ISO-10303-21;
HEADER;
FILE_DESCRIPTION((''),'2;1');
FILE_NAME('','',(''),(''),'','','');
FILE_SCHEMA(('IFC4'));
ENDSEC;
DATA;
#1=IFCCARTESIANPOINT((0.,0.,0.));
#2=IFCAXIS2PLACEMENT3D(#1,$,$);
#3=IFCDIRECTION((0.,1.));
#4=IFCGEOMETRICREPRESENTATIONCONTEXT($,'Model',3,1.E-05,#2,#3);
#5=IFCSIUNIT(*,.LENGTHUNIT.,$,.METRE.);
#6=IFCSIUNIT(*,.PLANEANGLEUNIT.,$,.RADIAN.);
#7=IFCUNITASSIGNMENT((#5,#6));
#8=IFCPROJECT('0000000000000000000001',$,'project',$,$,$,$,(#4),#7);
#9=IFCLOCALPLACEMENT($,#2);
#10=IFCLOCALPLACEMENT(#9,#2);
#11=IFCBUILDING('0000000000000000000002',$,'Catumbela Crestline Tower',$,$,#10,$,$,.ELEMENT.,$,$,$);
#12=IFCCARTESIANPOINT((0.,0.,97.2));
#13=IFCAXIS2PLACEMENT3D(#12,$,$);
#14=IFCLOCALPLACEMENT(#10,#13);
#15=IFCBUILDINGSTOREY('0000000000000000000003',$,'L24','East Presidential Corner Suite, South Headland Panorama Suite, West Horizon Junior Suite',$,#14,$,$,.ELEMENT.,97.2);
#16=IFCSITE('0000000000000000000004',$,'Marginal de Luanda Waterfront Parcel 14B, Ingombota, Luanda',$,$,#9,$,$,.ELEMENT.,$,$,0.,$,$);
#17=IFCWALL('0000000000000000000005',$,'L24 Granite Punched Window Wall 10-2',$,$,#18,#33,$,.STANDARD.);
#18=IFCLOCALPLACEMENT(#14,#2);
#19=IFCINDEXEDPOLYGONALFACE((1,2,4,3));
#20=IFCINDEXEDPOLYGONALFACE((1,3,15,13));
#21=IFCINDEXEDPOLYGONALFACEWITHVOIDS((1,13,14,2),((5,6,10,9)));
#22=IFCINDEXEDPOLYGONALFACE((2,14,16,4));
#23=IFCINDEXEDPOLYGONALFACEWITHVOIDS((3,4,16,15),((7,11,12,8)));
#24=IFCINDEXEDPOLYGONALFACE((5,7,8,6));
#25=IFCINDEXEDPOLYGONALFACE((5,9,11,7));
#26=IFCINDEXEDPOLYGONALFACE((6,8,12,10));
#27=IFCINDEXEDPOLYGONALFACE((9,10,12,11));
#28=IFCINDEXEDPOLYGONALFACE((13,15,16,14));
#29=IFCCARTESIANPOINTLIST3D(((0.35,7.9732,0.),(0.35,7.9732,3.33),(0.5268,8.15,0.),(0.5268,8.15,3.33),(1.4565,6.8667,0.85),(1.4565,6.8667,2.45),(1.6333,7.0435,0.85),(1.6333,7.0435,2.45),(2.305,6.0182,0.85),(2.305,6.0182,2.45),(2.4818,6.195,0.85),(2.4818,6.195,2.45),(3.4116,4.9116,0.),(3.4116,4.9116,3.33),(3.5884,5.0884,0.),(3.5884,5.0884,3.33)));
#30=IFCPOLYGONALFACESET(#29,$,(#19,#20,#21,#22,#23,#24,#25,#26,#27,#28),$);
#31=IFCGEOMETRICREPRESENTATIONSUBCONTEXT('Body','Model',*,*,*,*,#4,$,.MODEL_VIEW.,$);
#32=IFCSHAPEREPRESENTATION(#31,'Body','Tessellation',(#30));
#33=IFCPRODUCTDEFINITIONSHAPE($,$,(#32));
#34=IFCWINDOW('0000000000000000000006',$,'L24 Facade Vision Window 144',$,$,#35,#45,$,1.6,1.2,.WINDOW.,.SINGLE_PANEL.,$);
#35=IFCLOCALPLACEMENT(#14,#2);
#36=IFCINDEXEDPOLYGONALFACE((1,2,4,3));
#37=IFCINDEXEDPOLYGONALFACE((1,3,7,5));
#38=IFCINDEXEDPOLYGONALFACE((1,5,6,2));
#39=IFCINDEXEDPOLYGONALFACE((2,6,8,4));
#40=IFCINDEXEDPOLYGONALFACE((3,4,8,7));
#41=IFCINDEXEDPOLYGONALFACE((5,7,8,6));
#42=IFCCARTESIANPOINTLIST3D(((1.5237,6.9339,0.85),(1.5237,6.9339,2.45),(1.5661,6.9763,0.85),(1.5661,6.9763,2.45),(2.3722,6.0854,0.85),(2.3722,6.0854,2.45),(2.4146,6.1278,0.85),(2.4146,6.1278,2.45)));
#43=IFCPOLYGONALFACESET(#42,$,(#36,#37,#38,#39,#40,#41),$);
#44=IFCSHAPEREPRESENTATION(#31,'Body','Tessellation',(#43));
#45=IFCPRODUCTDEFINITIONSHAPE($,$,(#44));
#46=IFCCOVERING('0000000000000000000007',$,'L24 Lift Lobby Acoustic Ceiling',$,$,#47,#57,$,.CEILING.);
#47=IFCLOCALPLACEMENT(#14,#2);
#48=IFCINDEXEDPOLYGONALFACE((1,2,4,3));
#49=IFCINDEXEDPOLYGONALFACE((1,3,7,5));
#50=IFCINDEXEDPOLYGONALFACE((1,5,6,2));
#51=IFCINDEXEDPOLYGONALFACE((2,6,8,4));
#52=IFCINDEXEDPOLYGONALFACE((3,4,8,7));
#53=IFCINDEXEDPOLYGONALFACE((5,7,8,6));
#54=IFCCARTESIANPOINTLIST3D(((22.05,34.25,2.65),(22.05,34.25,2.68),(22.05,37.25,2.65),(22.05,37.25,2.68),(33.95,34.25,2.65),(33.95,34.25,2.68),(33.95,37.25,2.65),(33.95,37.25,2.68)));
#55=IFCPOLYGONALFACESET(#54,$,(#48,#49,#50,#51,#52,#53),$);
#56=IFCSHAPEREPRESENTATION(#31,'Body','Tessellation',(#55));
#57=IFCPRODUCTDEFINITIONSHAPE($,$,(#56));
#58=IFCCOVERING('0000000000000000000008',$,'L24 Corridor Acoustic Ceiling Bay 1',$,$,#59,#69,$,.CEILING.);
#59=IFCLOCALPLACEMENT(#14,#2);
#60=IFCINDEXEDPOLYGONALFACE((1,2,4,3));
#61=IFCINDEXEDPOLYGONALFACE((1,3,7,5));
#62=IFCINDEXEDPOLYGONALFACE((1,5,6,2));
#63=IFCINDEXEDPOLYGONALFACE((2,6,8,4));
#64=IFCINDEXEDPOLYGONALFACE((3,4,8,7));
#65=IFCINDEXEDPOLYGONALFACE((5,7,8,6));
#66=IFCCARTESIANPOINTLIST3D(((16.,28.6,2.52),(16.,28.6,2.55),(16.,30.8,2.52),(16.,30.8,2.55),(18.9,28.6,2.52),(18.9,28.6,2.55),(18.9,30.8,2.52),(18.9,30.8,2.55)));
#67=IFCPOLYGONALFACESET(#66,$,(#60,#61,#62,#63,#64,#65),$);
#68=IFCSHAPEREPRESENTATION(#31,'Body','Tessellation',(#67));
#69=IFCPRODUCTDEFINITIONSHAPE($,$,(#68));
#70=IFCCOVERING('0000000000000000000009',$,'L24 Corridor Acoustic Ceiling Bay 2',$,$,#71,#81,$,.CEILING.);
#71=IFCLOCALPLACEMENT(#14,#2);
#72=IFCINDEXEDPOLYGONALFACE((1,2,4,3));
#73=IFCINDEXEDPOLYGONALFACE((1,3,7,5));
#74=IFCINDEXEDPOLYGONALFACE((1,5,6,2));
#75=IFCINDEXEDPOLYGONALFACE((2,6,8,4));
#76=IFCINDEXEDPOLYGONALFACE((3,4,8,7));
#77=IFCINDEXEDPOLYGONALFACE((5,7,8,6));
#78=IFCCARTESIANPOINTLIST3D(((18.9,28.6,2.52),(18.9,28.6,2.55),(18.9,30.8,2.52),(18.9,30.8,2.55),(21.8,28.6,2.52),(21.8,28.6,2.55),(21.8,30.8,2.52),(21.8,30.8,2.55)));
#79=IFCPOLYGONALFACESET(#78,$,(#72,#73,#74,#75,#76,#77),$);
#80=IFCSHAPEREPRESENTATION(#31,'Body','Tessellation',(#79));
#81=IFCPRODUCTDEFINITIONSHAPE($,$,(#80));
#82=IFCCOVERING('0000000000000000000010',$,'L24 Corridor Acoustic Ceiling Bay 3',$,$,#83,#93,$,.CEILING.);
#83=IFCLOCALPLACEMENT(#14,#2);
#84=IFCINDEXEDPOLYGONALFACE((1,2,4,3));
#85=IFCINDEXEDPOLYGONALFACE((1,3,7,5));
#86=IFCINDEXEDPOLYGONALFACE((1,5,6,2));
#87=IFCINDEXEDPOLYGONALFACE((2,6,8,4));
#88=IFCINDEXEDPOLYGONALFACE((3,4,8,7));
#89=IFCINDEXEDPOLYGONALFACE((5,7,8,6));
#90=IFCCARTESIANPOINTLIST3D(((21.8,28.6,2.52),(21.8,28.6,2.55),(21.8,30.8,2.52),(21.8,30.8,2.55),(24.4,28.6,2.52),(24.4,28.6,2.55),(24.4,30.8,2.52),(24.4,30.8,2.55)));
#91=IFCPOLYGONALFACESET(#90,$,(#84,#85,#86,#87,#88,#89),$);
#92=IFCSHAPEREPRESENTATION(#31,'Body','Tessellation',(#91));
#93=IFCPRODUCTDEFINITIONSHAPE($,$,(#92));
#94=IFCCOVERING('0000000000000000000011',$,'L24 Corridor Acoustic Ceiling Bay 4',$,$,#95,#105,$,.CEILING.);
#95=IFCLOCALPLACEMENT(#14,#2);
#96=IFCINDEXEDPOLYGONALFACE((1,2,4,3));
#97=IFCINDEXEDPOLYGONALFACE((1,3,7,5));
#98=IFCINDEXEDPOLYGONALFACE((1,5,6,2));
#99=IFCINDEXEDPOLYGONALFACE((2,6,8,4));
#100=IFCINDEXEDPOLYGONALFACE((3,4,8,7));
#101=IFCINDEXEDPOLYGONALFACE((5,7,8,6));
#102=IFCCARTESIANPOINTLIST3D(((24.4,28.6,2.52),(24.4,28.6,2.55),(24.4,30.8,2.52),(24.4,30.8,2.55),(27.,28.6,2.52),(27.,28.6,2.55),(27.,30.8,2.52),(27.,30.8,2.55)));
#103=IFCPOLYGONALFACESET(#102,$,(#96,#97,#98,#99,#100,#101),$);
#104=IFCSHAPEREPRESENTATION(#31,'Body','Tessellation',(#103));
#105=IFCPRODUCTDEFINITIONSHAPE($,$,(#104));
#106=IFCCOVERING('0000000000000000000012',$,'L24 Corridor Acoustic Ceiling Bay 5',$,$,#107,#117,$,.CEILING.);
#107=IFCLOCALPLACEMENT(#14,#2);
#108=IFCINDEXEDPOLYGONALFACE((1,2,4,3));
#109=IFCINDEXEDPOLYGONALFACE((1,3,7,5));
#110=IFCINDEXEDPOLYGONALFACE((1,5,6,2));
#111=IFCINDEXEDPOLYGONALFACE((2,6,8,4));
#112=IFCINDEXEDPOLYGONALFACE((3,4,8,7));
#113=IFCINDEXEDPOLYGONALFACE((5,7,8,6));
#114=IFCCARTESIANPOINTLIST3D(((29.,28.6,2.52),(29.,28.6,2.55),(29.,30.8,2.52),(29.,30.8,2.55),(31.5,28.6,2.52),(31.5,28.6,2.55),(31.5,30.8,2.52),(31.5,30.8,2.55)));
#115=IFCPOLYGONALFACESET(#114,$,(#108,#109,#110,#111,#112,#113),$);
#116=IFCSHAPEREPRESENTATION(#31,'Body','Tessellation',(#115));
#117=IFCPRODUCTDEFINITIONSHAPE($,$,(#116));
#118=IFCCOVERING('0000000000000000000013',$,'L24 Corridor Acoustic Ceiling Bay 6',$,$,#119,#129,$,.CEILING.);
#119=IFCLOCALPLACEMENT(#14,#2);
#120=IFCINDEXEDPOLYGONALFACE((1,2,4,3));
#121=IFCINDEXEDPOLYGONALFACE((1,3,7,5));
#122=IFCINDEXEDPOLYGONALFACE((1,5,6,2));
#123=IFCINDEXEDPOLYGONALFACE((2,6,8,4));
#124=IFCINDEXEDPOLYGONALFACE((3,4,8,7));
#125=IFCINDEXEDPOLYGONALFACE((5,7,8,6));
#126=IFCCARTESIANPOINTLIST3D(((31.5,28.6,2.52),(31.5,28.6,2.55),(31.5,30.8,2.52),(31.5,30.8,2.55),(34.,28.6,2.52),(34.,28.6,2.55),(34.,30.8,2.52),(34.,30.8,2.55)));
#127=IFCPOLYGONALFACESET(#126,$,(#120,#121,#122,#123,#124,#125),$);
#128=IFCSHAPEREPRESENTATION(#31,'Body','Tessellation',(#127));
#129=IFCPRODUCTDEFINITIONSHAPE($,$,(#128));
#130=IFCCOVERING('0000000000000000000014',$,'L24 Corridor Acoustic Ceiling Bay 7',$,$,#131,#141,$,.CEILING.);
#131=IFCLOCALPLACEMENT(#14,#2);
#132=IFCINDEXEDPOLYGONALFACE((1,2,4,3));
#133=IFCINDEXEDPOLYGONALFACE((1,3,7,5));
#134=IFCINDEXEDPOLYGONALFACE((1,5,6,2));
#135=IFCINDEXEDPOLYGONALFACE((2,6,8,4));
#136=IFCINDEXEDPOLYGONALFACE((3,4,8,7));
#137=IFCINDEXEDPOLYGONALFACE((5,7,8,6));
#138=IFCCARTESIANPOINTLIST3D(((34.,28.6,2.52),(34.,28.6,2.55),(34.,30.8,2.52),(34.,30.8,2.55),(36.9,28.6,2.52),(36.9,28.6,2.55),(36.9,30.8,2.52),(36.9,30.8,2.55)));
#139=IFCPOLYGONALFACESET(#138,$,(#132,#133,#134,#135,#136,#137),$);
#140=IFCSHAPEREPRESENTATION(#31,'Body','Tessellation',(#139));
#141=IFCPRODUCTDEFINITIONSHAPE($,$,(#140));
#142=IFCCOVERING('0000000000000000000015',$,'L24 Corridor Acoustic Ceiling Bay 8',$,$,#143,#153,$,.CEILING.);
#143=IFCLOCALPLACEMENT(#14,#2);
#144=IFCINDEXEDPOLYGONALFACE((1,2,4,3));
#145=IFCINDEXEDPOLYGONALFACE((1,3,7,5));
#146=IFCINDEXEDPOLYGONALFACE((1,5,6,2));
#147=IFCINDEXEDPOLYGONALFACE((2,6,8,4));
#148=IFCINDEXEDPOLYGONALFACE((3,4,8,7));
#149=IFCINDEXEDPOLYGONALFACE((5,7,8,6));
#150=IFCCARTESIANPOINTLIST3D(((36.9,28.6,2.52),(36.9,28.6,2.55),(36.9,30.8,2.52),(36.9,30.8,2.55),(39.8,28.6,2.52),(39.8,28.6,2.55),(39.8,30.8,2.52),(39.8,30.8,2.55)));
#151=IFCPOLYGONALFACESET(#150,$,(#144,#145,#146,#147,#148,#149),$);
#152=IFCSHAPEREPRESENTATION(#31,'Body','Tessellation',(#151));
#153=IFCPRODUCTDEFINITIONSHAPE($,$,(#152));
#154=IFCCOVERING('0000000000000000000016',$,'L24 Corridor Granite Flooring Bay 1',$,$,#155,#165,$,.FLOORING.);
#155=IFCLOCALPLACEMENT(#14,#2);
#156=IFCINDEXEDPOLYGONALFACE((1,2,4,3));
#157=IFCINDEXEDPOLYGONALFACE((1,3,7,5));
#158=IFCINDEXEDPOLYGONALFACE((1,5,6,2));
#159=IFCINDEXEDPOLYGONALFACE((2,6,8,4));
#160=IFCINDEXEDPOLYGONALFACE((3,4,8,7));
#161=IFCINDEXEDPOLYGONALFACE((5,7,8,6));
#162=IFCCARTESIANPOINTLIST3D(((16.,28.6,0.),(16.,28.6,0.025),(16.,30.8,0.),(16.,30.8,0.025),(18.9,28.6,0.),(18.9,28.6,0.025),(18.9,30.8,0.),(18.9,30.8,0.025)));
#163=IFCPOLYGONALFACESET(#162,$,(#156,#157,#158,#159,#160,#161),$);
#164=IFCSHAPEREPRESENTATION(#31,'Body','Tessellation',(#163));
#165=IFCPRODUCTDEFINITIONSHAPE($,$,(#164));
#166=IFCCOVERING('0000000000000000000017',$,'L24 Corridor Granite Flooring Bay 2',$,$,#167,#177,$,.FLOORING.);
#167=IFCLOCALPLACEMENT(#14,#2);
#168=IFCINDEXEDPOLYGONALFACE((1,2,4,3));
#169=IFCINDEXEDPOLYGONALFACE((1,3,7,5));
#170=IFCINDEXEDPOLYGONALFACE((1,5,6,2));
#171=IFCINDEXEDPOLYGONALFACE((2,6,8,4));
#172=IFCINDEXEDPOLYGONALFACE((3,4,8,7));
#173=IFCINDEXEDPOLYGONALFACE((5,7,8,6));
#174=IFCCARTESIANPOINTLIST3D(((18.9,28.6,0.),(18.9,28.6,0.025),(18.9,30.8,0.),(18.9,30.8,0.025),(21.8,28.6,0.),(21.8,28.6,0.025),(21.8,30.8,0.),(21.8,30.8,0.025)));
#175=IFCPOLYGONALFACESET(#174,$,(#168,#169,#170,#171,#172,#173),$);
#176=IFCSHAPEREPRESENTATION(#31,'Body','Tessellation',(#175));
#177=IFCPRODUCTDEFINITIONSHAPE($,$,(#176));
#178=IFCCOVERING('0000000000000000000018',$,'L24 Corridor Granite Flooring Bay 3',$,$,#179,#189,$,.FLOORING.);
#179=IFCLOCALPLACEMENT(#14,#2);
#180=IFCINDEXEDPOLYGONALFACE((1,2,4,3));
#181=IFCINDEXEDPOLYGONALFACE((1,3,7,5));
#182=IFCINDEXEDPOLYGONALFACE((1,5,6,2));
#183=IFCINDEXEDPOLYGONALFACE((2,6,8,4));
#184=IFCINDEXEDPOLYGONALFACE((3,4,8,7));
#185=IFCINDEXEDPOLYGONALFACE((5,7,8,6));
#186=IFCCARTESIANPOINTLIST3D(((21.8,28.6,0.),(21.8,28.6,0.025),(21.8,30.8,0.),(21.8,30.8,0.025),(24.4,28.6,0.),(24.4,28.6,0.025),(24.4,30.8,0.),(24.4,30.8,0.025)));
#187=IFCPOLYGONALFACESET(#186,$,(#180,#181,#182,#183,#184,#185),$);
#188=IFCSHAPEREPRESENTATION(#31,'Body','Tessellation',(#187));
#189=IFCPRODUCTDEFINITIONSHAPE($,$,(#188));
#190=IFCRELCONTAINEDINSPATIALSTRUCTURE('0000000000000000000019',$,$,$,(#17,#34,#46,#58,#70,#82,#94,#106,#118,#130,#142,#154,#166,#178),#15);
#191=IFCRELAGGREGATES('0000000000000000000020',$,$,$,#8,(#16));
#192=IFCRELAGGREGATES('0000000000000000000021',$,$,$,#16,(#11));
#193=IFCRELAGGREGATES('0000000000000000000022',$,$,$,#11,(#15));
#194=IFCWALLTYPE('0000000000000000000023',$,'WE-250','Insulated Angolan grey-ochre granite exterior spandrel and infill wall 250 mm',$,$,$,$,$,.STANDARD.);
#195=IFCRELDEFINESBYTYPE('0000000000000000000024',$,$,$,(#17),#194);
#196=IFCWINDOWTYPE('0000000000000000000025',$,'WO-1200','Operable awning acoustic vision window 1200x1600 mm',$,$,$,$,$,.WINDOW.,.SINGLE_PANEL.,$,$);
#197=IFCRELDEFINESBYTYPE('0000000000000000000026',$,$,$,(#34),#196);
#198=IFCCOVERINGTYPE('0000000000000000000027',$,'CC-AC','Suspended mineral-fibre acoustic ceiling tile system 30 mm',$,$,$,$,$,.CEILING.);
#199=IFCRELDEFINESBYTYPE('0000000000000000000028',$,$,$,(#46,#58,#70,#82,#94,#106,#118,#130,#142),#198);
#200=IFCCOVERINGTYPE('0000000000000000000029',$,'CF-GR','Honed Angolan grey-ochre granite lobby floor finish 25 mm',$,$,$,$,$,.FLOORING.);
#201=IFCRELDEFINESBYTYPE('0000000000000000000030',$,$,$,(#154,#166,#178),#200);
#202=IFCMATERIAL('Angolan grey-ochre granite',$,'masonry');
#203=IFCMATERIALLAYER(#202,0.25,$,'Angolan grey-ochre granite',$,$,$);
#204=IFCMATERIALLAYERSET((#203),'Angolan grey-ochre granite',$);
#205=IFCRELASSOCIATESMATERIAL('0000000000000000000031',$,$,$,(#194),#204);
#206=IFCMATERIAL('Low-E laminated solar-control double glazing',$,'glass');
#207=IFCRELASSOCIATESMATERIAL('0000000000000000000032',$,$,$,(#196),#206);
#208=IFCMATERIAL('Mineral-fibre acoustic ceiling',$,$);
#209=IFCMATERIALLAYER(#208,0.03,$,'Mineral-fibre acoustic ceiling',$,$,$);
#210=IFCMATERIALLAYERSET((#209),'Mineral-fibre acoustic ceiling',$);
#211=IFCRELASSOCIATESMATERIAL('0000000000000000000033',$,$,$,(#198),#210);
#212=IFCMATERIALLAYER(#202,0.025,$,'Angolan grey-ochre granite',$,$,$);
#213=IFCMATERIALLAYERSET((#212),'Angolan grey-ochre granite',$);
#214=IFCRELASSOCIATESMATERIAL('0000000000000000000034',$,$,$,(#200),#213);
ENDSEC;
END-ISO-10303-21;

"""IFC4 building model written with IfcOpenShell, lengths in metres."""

from ifc_helpers import new_model, si_unit, direction, frame, frame_2d, origin, place, context, subcontext, project, spatial, polyline, rectangle, outline, extrude, material, layer, layer_set, type_object, element, fill, save


model = new_model("IFC4")

# Units and contexts
model_context = context("Model", 3, precision=1e-05, world=origin(), true_north=direction((0.0, 1.0)))
body_context = subcontext(model_context, "Body", "Model", "MODEL_VIEW")
ifc_project = project(units=[si_unit("LENGTHUNIT", "METRE"), si_unit("PLANEANGLEUNIT", "RADIAN")], contexts=[model_context])

# Site, building, storey
site_placement = place(None, origin())
site = spatial("IfcSite", under=ifc_project, at=site_placement, Name="Marginal de Luanda Waterfront Parcel 14B, Ingombota, Luanda", CompositionType="ELEMENT", RefElevation=0.0)
building_placement = place(site_placement, origin())
building = spatial("IfcBuilding", under=site, at=building_placement, Name="Catumbela Crestline Tower", CompositionType="ELEMENT")
storey_placement = place(building_placement, frame((0.0, 0.0, 97.2)))
storey = spatial("IfcBuildingStorey", under=building, at=storey_placement, Name="L24", Description="East Presidential Corner Suite, South Headland Panorama Suite, West Horizon Junior Suite", CompositionType="ELEMENT", Elevation=97.2)

# Shared definitions
ifc_material_1 = material(Name="Angolan grey-ochre granite", Category="masonry")
ifc_layer_1 = layer(ifc_material_1, 0.25, Name="Angolan grey-ochre granite")
ifc_layer_set_1 = layer_set([ifc_layer_1], Name="Angolan grey-ochre granite")
wall_type = type_object("IfcWallType", Name="WE-250", Description="Insulated Angolan grey-ochre granite exterior spandrel and infill wall 250 mm", PredefinedType="STANDARD", material=ifc_layer_set_1)

# Wall, opening, window
wall_1_placement = place(storey_placement, frame((0.4384, 8.0616, 0.0), z_axis=(0.0, 0.0, 1.0), x_axis=(0.707107, -0.707107, 0.0)))
wall_1 = element("IfcWall", 1, at=wall_1_placement, inside=storey, type_object=wall_type, Name="L24 Granite Punched Window Wall 10-2", PredefinedType="STANDARD", context=body_context, shape_type="SweptSolid", body=[
    extrude(rectangle(XDim=4.3298, YDim=0.25, at=frame_2d((2.1649, 0.0))), origin(), (0.0, 0.0, 1.0), 3.33),
])
opening_placement = place(wall_1_placement, frame((1.5648, 0.0, 0.85)))
opening = element("IfcOpeningElement", 2, at=opening_placement, cuts=wall_1, PredefinedType="OPENING", context=body_context, shape_type="SweptSolid", body=[
    extrude(rectangle(XDim=1.2, YDim=1.6, at=frame_2d((0.6, 0.8))), frame((0.0, 0.135, 0.0), z_axis=(0.0, -1.0, 0.0), x_axis=(1.0, 0.0, 0.0)), (0.0, 0.0, 1.0), 0.27),
])
ifc_material_2 = material(Name="Low-E laminated solar-control double glazing", Category="glass")
window_type = type_object("IfcWindowType", Name="WO-1200", Description="Operable awning acoustic vision window 1200x1600 mm", PartitioningType="SINGLE_PANEL", PredefinedType="WINDOW", material=ifc_material_2)
window_placement = place(opening_placement, origin())
window = element("IfcWindow", 3, at=window_placement, inside=storey, type_object=window_type, Name="L24 Facade Vision Window 144", OverallHeight=1.6, OverallWidth=1.2, PartitioningType="SINGLE_PANEL", PredefinedType="WINDOW", context=body_context, shape_type="SweptSolid", body=[
    extrude(rectangle(XDim=1.2, YDim=1.6, at=frame_2d((0.6, 0.8))), frame((0.0, 0.03, 0.0), z_axis=(0.0, -1.0, 0.0), x_axis=(1.0, 0.0, 0.0)), (0.0, 0.0, 1.0), 0.06),
])
fill(opening, window)

# Coverings
ifc_material_3 = material(Name="Mineral-fibre acoustic ceiling")
ifc_layer_2 = layer(ifc_material_3, 0.03, Name="Mineral-fibre acoustic ceiling")
ifc_layer_set_2 = layer_set([ifc_layer_2], Name="Mineral-fibre acoustic ceiling")
covering_type_1 = type_object("IfcCoveringType", Name="CC-AC", Description="Suspended mineral-fibre acoustic ceiling tile system 30 mm", PredefinedType="CEILING", material=ifc_layer_set_2)
covering_1_placement = place(storey_placement, frame((0.0, 0.0, 2.65)))
element("IfcCovering", 4, at=covering_1_placement, inside=storey, type_object=covering_type_1, Name="L24 Lift Lobby Acoustic Ceiling", PredefinedType="CEILING", context=body_context, shape_type="SweptSolid", body=[
    extrude(outline(polyline([(22.05, 34.25), (33.95, 34.25), (33.95, 37.25), (22.05, 37.25), (22.05, 34.25)])), origin(), (0.0, 0.0, 1.0), 0.03),
])
covering_2_placement = place(storey_placement, frame((0.0, 0.0, 2.52)))
element("IfcCovering", 5, at=covering_2_placement, inside=storey, type_object=covering_type_1, Name="L24 Corridor Acoustic Ceiling Bay 1", PredefinedType="CEILING", context=body_context, shape_type="SweptSolid", body=[
    extrude(outline(polyline([(16.0, 28.6), (18.9, 28.6), (18.9, 30.8), (16.0, 30.8), (16.0, 28.6)])), origin(), (0.0, 0.0, 1.0), 0.03),
])
covering_3_placement = place(storey_placement, frame((0.0, 0.0, 2.52)))
element("IfcCovering", 6, at=covering_3_placement, inside=storey, type_object=covering_type_1, Name="L24 Corridor Acoustic Ceiling Bay 2", PredefinedType="CEILING", context=body_context, shape_type="SweptSolid", body=[
    extrude(outline(polyline([(18.9, 28.6), (21.8, 28.6), (21.8, 30.8), (18.9, 30.8), (18.9, 28.6)])), origin(), (0.0, 0.0, 1.0), 0.03),
])
covering_4_placement = place(storey_placement, frame((0.0, 0.0, 2.52)))
element("IfcCovering", 7, at=covering_4_placement, inside=storey, type_object=covering_type_1, Name="L24 Corridor Acoustic Ceiling Bay 3", PredefinedType="CEILING", context=body_context, shape_type="SweptSolid", body=[
    extrude(outline(polyline([(21.8, 28.6), (24.4, 28.6), (24.4, 30.8), (21.8, 30.8), (21.8, 28.6)])), origin(), (0.0, 0.0, 1.0), 0.03),
])
covering_5_placement = place(storey_placement, frame((0.0, 0.0, 2.52)))
element("IfcCovering", 8, at=covering_5_placement, inside=storey, type_object=covering_type_1, Name="L24 Corridor Acoustic Ceiling Bay 4", PredefinedType="CEILING", context=body_context, shape_type="SweptSolid", body=[
    extrude(outline(polyline([(24.4, 28.6), (27.0, 28.6), (27.0, 30.8), (24.4, 30.8), (24.4, 28.6)])), origin(), (0.0, 0.0, 1.0), 0.03),
])
covering_6_placement = place(storey_placement, frame((0.0, 0.0, 2.52)))
element("IfcCovering", 9, at=covering_6_placement, inside=storey, type_object=covering_type_1, Name="L24 Corridor Acoustic Ceiling Bay 5", PredefinedType="CEILING", context=body_context, shape_type="SweptSolid", body=[
    extrude(outline(polyline([(29.0, 28.6), (31.5, 28.6), (31.5, 30.8), (29.0, 30.8), (29.0, 28.6)])), origin(), (0.0, 0.0, 1.0), 0.03),
])
covering_7_placement = place(storey_placement, frame((0.0, 0.0, 2.52)))
element("IfcCovering", 10, at=covering_7_placement, inside=storey, type_object=covering_type_1, Name="L24 Corridor Acoustic Ceiling Bay 6", PredefinedType="CEILING", context=body_context, shape_type="SweptSolid", body=[
    extrude(outline(polyline([(31.5, 28.6), (34.0, 28.6), (34.0, 30.8), (31.5, 30.8), (31.5, 28.6)])), origin(), (0.0, 0.0, 1.0), 0.03),
])
covering_8_placement = place(storey_placement, frame((0.0, 0.0, 2.52)))
element("IfcCovering", 11, at=covering_8_placement, inside=storey, type_object=covering_type_1, Name="L24 Corridor Acoustic Ceiling Bay 7", PredefinedType="CEILING", context=body_context, shape_type="SweptSolid", body=[
    extrude(outline(polyline([(34.0, 28.6), (36.9, 28.6), (36.9, 30.8), (34.0, 30.8), (34.0, 28.6)])), origin(), (0.0, 0.0, 1.0), 0.03),
])
covering_9_placement = place(storey_placement, frame((0.0, 0.0, 2.52)))
element("IfcCovering", 12, at=covering_9_placement, inside=storey, type_object=covering_type_1, Name="L24 Corridor Acoustic Ceiling Bay 8", PredefinedType="CEILING", context=body_context, shape_type="SweptSolid", body=[
    extrude(outline(polyline([(36.9, 28.6), (39.8, 28.6), (39.8, 30.8), (36.9, 30.8), (36.9, 28.6)])), origin(), (0.0, 0.0, 1.0), 0.03),
])
ifc_layer_3 = layer(ifc_material_1, 0.025, Name="Angolan grey-ochre granite")
ifc_layer_set_3 = layer_set([ifc_layer_3], Name="Angolan grey-ochre granite")
covering_type_2 = type_object("IfcCoveringType", Name="CF-GR", Description="Honed Angolan grey-ochre granite lobby floor finish 25 mm", PredefinedType="FLOORING", material=ifc_layer_set_3)
covering_10_placement = place(storey_placement, origin())
element("IfcCovering", 13, at=covering_10_placement, inside=storey, type_object=covering_type_2, Name="L24 Corridor Granite Flooring Bay 1", PredefinedType="FLOORING", context=body_context, shape_type="SweptSolid", body=[
    extrude(outline(polyline([(16.0, 28.6), (18.9, 28.6), (18.9, 30.8), (16.0, 30.8), (16.0, 28.6)])), origin(), (0.0, 0.0, 1.0), 0.025),
])
covering_11_placement = place(storey_placement, origin())
element("IfcCovering", 14, at=covering_11_placement, inside=storey, type_object=covering_type_2, Name="L24 Corridor Granite Flooring Bay 2", PredefinedType="FLOORING", context=body_context, shape_type="SweptSolid", body=[
    extrude(outline(polyline([(18.9, 28.6), (21.8, 28.6), (21.8, 30.8), (18.9, 30.8), (18.9, 28.6)])), origin(), (0.0, 0.0, 1.0), 0.025),
])
covering_12_placement = place(storey_placement, origin())
element("IfcCovering", 15, at=covering_12_placement, inside=storey, type_object=covering_type_2, Name="L24 Corridor Granite Flooring Bay 3", PredefinedType="FLOORING", context=body_context, shape_type="SweptSolid", body=[
    extrude(outline(polyline([(21.8, 28.6), (24.4, 28.6), (24.4, 30.8), (21.8, 30.8), (21.8, 28.6)])), origin(), (0.0, 0.0, 1.0), 0.025),
])

save(model, "model.ifc")
